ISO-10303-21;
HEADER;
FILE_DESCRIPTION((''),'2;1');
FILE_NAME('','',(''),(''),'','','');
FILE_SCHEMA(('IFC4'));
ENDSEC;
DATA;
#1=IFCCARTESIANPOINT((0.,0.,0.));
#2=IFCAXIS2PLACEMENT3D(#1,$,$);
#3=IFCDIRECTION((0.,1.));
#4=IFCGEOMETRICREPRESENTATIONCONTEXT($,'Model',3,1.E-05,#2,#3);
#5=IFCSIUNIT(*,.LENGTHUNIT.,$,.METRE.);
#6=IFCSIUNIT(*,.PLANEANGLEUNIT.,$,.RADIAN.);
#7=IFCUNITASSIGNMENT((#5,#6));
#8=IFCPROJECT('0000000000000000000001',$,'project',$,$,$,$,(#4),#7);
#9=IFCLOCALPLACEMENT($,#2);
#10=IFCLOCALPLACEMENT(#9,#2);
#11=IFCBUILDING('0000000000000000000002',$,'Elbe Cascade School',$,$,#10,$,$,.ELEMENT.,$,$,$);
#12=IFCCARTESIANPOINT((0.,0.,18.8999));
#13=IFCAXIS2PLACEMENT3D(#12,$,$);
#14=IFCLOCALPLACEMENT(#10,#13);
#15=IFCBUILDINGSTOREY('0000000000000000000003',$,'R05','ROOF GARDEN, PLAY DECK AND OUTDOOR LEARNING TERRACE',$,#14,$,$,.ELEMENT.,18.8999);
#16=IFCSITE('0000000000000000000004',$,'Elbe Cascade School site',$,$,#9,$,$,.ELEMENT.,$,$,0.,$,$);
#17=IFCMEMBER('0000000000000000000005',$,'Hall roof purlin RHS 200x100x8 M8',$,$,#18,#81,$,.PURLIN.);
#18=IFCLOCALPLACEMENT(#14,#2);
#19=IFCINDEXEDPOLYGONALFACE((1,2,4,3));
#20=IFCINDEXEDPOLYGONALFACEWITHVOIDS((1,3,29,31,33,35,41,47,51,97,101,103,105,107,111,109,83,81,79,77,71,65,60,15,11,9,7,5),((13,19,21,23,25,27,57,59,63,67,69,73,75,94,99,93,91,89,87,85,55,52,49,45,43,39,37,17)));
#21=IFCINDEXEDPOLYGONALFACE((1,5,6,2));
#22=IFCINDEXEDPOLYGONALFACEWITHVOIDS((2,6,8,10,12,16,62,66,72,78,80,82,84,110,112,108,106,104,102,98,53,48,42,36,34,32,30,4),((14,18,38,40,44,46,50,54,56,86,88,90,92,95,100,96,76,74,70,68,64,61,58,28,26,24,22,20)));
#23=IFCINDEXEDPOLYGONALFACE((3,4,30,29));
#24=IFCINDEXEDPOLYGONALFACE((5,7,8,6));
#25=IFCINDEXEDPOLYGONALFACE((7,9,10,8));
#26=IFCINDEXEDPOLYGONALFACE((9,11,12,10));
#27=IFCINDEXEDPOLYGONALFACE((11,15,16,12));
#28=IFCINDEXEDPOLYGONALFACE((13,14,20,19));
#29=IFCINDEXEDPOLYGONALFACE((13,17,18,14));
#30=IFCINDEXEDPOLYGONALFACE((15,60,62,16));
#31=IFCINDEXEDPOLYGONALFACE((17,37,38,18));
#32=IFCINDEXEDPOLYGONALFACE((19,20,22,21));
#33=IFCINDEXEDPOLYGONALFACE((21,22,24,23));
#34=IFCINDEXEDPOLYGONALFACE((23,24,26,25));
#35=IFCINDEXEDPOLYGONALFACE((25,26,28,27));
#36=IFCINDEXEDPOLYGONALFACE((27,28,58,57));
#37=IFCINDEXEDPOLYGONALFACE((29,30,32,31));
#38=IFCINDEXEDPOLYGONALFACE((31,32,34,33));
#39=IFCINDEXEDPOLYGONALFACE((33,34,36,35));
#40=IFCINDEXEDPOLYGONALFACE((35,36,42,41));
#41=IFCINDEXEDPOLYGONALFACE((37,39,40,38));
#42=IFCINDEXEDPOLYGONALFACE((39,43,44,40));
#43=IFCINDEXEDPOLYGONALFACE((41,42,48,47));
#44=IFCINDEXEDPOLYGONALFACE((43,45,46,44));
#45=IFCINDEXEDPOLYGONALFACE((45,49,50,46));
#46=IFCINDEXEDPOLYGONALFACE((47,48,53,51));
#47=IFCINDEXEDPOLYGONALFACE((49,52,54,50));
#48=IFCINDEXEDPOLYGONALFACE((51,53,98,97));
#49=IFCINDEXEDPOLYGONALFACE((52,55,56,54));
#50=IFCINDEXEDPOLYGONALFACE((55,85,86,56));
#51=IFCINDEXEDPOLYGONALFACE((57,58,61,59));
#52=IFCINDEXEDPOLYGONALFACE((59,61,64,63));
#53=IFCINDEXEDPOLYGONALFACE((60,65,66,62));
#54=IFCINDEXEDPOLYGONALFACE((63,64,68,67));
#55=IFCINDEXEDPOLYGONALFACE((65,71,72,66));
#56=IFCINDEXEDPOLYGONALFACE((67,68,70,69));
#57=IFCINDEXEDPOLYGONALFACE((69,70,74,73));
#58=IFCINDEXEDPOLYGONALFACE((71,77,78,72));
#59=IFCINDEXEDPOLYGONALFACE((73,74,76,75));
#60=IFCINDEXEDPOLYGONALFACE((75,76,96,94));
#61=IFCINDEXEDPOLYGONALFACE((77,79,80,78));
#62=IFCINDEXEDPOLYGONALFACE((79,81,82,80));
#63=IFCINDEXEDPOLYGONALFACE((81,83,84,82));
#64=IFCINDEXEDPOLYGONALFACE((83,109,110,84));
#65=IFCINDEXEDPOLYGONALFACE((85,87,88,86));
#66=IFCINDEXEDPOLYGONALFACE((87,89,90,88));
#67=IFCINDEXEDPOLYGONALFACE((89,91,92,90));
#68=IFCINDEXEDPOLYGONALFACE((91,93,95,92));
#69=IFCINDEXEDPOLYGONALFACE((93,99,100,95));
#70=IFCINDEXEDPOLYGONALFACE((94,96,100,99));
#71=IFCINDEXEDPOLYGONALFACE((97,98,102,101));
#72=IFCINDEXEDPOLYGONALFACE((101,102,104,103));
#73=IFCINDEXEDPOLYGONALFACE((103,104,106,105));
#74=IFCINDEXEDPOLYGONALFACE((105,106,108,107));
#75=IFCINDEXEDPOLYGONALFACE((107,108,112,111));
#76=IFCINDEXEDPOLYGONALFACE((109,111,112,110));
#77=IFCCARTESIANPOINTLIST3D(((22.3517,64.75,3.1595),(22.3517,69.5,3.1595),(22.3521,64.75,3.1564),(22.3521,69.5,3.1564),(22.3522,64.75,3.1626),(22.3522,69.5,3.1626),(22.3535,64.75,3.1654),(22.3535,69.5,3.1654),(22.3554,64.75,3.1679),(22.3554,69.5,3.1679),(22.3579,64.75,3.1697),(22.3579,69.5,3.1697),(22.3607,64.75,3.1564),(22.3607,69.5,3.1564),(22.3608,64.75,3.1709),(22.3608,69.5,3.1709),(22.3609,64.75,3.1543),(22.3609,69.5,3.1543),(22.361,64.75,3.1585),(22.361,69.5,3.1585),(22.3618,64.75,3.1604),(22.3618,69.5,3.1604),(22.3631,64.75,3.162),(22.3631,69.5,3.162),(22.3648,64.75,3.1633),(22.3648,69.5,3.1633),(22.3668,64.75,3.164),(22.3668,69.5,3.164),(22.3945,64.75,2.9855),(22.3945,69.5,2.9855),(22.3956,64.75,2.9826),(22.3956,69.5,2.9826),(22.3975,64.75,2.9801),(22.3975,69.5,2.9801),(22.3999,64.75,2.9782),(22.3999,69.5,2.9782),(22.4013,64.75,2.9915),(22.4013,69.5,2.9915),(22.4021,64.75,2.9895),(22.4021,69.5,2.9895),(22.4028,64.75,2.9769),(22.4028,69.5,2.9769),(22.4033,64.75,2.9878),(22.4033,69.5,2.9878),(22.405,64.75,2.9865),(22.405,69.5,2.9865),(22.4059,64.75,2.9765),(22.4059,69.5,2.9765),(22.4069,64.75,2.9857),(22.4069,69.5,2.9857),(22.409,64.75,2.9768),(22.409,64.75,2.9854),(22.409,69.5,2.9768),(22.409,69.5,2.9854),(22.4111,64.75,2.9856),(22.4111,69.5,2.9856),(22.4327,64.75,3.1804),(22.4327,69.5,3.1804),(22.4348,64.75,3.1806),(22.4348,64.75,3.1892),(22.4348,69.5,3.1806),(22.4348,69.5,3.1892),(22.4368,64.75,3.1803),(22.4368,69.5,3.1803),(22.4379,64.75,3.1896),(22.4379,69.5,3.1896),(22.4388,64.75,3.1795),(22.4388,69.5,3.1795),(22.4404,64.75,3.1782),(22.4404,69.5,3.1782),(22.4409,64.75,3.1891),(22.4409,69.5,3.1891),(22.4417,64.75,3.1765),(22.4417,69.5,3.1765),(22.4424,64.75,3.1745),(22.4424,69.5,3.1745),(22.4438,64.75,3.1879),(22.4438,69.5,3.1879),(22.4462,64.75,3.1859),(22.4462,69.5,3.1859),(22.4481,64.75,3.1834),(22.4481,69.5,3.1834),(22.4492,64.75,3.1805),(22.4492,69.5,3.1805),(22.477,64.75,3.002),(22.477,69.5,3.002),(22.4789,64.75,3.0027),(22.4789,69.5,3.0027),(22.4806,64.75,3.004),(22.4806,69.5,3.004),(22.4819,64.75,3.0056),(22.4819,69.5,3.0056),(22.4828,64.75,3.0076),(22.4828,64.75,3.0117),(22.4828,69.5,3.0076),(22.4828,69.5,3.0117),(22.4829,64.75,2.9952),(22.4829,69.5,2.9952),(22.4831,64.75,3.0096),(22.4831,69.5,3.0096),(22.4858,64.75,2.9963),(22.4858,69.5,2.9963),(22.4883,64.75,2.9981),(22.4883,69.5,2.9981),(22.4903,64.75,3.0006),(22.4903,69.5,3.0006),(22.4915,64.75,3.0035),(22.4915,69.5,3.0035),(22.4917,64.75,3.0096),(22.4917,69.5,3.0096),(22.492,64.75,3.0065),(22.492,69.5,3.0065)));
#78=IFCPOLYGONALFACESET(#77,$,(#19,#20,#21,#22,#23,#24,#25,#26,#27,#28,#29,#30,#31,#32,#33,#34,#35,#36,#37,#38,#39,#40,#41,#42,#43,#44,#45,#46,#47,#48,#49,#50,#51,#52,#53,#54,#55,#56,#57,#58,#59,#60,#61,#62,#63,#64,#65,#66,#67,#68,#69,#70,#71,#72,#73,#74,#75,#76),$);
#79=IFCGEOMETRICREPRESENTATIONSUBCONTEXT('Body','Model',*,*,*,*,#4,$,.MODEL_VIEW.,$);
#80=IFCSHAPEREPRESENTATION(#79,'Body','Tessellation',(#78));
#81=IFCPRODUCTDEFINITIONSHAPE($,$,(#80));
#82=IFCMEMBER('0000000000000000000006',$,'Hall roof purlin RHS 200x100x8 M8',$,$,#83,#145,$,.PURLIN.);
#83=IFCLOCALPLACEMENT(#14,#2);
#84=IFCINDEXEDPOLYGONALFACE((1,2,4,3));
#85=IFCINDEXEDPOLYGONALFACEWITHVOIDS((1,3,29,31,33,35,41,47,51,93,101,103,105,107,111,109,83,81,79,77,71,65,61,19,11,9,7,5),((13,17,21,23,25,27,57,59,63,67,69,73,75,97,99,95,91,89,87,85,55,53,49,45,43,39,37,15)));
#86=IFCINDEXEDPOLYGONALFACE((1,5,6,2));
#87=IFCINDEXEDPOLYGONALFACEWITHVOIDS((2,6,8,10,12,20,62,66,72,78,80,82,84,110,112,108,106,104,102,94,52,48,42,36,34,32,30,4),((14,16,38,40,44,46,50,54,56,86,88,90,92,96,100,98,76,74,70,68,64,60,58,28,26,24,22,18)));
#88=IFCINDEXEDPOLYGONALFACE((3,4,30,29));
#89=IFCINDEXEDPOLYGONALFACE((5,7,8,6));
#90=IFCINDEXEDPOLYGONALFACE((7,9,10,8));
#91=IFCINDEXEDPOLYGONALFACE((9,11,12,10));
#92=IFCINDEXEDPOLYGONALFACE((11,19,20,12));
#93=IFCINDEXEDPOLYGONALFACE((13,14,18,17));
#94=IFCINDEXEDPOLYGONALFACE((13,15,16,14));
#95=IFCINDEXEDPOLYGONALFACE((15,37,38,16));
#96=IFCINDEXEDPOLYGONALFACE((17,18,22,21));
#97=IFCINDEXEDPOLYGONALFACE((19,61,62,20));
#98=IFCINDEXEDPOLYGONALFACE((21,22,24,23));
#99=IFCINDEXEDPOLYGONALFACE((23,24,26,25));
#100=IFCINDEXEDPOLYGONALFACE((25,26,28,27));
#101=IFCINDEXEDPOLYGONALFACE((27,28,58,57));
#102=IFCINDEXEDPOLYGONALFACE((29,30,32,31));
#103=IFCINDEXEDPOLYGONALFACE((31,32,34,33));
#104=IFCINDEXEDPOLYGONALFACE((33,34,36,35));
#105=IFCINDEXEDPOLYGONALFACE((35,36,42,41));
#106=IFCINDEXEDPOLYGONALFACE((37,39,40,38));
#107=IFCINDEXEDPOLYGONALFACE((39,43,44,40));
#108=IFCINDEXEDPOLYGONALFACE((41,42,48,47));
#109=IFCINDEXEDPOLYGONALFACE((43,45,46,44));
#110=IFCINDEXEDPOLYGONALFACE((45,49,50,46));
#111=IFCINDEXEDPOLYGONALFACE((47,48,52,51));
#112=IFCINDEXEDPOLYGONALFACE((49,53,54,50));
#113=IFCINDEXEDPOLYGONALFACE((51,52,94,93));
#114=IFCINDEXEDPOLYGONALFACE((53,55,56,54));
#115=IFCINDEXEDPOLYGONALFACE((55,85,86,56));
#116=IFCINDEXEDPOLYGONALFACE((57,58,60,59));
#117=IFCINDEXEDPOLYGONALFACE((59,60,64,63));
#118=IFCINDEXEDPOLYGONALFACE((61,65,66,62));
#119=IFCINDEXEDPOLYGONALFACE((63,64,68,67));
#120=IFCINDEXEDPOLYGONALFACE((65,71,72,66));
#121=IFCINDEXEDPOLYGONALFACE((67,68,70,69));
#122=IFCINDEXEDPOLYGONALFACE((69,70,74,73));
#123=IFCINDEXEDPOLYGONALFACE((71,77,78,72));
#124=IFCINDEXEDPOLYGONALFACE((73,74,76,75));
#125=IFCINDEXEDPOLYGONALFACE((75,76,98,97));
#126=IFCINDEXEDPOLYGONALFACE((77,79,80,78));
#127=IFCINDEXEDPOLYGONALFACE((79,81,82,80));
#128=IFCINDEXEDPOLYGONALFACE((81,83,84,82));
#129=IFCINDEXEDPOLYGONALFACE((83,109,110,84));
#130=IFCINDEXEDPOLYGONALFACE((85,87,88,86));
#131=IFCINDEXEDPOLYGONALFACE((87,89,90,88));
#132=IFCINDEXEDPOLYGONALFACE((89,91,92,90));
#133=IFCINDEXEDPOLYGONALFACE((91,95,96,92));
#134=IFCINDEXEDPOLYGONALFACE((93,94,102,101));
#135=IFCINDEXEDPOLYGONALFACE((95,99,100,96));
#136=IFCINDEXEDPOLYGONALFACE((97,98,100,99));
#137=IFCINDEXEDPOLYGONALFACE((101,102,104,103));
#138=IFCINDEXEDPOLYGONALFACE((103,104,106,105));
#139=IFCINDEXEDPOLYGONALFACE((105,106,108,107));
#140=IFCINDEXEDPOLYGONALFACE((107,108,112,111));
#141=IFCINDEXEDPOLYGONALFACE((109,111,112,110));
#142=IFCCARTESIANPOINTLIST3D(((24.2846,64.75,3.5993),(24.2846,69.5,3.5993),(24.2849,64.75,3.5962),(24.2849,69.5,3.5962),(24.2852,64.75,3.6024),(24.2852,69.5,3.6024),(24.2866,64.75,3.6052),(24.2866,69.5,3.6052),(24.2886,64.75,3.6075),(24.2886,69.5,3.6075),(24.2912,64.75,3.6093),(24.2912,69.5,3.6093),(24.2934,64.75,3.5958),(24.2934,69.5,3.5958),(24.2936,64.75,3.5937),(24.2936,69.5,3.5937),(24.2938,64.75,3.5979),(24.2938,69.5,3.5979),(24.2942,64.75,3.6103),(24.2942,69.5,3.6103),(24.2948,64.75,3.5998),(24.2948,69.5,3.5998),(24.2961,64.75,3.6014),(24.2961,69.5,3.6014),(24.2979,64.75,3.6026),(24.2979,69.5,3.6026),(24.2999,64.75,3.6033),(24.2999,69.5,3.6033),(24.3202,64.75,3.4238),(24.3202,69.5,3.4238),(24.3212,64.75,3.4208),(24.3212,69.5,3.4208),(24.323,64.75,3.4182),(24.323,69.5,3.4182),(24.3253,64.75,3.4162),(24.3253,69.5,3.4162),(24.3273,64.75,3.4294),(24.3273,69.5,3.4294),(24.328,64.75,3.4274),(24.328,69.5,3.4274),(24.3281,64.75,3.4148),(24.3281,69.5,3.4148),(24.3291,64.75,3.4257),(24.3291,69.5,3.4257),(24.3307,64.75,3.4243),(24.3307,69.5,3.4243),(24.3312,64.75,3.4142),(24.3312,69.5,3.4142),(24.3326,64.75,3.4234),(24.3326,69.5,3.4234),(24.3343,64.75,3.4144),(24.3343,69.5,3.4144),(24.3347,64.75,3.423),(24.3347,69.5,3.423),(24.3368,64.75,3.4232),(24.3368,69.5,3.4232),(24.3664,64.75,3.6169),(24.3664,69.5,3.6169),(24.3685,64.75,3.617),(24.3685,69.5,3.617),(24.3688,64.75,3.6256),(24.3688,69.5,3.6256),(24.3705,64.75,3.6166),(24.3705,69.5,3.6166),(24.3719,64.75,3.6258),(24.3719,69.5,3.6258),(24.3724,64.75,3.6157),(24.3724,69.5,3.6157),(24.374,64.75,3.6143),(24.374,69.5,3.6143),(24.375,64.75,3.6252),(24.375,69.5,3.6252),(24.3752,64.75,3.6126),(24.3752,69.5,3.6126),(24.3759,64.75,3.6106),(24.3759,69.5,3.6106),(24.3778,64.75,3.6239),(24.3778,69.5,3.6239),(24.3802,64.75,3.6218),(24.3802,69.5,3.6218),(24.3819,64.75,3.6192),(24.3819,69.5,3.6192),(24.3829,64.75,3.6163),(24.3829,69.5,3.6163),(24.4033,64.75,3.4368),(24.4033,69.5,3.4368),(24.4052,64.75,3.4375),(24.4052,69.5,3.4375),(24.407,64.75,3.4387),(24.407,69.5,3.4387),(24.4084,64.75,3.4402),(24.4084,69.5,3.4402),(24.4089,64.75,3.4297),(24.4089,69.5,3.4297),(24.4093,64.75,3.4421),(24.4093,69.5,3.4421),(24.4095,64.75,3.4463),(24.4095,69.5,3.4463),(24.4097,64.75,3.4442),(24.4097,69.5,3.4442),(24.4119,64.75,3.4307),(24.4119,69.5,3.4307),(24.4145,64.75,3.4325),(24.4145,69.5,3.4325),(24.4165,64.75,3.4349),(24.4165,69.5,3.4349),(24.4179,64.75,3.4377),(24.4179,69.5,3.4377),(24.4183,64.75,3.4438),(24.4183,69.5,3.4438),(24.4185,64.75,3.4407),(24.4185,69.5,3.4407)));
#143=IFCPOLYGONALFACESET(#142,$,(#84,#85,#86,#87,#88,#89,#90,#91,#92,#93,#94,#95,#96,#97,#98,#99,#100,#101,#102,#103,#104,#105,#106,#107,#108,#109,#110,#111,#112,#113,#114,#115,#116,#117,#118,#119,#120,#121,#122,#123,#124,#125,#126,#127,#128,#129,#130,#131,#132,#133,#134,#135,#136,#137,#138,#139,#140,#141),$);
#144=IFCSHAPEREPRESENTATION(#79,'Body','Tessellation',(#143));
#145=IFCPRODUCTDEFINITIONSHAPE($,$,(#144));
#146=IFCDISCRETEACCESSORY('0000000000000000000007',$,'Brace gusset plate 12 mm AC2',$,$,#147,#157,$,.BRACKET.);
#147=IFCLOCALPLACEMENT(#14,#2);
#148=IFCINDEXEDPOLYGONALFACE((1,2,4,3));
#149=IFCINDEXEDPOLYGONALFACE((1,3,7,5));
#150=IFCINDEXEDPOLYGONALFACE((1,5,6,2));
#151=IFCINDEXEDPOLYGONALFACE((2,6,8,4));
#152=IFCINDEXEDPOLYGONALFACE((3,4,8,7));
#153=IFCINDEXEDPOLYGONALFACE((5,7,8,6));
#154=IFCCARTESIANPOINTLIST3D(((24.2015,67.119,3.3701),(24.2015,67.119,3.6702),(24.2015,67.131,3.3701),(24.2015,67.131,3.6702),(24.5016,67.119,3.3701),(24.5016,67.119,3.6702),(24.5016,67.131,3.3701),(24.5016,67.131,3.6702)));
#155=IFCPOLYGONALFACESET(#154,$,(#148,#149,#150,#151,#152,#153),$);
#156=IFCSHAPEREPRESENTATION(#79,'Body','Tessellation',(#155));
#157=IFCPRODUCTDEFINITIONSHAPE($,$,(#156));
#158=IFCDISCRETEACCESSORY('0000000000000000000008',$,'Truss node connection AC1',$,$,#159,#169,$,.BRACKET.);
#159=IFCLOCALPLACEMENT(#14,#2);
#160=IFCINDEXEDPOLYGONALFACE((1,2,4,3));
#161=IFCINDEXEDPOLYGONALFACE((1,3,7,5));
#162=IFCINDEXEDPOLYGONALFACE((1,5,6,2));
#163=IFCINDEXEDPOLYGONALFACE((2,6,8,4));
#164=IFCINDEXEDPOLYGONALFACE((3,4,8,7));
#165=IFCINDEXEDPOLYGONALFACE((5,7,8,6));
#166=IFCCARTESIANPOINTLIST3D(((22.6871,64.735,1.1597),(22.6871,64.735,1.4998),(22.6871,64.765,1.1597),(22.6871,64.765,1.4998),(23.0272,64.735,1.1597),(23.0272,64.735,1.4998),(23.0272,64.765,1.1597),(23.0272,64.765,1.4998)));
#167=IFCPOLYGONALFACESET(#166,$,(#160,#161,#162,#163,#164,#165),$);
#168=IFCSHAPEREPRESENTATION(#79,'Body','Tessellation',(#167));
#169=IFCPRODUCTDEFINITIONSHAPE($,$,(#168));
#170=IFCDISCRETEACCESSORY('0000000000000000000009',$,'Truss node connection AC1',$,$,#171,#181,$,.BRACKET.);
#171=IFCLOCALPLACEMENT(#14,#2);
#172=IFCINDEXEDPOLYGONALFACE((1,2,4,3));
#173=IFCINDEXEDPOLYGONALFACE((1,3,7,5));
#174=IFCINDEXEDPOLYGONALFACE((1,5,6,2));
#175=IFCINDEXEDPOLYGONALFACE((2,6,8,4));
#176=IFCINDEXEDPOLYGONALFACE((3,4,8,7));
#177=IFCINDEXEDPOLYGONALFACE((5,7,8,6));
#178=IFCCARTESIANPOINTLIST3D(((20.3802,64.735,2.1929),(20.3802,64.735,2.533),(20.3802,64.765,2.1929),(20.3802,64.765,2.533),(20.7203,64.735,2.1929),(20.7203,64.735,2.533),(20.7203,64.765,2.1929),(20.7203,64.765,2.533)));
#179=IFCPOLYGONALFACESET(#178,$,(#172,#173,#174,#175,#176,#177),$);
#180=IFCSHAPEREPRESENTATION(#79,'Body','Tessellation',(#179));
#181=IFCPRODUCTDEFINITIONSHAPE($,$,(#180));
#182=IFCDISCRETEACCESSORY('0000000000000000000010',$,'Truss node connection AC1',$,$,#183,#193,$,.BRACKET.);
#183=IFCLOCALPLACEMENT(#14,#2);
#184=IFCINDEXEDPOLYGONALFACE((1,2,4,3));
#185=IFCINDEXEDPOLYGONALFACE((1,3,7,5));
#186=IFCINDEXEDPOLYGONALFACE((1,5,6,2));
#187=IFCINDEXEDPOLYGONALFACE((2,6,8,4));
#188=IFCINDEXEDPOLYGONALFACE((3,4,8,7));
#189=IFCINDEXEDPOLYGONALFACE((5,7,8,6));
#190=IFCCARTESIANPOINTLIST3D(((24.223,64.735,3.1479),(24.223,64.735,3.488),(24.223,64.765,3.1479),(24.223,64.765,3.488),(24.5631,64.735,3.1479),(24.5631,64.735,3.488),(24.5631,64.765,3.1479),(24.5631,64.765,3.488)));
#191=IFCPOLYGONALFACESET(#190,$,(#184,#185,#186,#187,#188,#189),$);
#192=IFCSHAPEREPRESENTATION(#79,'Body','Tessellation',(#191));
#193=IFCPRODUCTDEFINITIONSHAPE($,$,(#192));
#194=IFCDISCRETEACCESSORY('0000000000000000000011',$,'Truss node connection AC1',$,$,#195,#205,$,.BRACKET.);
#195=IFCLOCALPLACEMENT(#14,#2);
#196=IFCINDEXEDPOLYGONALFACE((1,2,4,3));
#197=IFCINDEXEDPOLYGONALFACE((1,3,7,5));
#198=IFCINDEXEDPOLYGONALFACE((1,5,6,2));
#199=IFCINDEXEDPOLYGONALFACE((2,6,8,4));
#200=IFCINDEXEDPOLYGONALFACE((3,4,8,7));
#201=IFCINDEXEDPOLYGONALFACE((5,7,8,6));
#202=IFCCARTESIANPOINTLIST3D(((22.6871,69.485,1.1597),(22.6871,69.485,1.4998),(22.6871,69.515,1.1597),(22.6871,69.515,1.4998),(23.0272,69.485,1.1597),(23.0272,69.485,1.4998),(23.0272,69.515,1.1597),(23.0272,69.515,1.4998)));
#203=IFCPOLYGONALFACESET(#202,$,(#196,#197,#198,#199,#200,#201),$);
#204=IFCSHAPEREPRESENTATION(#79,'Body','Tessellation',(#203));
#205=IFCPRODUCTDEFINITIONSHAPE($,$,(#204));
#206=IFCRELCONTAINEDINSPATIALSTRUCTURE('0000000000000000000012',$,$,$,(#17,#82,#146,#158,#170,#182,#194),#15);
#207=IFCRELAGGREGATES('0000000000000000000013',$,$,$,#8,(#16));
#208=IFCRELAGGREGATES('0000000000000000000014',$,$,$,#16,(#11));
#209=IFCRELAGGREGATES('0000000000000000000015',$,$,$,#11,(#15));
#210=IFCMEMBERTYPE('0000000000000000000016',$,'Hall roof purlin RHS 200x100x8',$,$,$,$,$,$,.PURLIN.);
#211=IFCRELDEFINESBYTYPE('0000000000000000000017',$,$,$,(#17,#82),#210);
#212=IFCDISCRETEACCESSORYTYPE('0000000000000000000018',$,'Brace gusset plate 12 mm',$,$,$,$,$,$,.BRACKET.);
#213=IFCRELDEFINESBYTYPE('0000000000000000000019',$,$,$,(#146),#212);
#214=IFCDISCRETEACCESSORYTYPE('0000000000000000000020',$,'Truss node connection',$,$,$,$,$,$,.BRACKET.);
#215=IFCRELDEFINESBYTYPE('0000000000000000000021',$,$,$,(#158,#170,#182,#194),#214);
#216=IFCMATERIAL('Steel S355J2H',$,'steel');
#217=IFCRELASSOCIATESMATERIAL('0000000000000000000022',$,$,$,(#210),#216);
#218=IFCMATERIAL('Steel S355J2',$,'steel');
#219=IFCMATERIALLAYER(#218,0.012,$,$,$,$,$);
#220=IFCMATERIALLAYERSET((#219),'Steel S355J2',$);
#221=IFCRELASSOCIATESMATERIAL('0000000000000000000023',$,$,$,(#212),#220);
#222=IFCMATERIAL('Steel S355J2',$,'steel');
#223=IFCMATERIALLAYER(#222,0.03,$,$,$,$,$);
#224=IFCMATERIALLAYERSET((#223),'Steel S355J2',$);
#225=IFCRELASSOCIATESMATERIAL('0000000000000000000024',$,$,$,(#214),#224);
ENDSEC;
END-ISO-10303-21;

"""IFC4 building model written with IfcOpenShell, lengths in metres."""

from ifc_helpers import new_model, si_unit, direction, frame, origin, origin_2d, place, context, subcontext, project, spatial, rectangle, hollow_rectangle, extrude, material, layer, layer_set, material_profile, profile_set, type_object, element, save


model = new_model("IFC4")

# Units and contexts
model_context = context("Model", 3, precision=1e-05, world=origin(), true_north=direction((0.0, 1.0)))
body_context = subcontext(model_context, "Body", "Model", "MODEL_VIEW")
ifc_project = project(units=[si_unit("LENGTHUNIT", "METRE"), si_unit("PLANEANGLEUNIT", "RADIAN")], contexts=[model_context])

# Site, building, storey
site_placement = place(None, origin())
site = spatial("IfcSite", under=ifc_project, at=site_placement, Name="Elbe Cascade School site", CompositionType="ELEMENT", RefElevation=0.0)
building_placement = place(site_placement, origin())
building = spatial("IfcBuilding", under=site, at=building_placement, Name="Elbe Cascade School", CompositionType="ELEMENT")
storey_placement = place(building_placement, frame((0.0, 0.0, 18.8999)))
storey = spatial("IfcBuildingStorey", under=building, at=storey_placement, Name="R05", Description="ROOF GARDEN, PLAY DECK AND OUTDOOR LEARNING TERRACE", CompositionType="ELEMENT", Elevation=18.8999)

# Members
ifc_material_1 = material(Name="Steel S355J2H", Category="steel")
ifc_material_profile_1 = material_profile(ifc_material_1, hollow_rectangle(XDim=0.1001, YDim=0.2, WallThickness=0.0081, InnerFilletRadius=0.0081, OuterFilletRadius=0.012, at=origin_2d()), Name="RHS 200x100x8")
ifc_profile_set_1 = profile_set([ifc_material_profile_1], Name="Steel S355J2H")
member_type_1 = type_object("IfcMemberType", Name="Hall roof purlin RHS 200x100x8", PredefinedType="PURLIN", material=ifc_profile_set_1)
for number, where, z_axis, x_axis, name in (
    (1, (22.4219, 64.75, 3.083), (0.0, 1.0, 0.0), (-0.970543, 0.0, -0.240927), "Hall roof purlin RHS 200x100x8 M8"),
    (2, (24.3516, 64.75, 3.52), (0.0, 1.0, 0.0), (-0.979638, 0.0, -0.200772), "Hall roof purlin RHS 200x100x8 M8"),
):
    element("IfcMember", number, at=place(storey_placement, frame(where, z_axis=z_axis, x_axis=x_axis)), inside=storey, type_object=member_type_1, Name=name, PredefinedType="PURLIN", context=body_context, shape_type="SweptSolid", body=[
        extrude(hollow_rectangle(XDim=0.1001, YDim=0.2, WallThickness=0.0081, InnerFilletRadius=0.0081, OuterFilletRadius=0.012, at=origin_2d()), origin(), (0.0, 0.0, 1.0), 4.75),
    ])

# Discrete accessories
ifc_material_2 = material(Name="Steel S355J2", Category="steel")
ifc_layer_1 = layer(ifc_material_2, 0.012)
ifc_layer_set_1 = layer_set([ifc_layer_1], Name="Steel S355J2")
discrete_accessory_type_1 = type_object("IfcDiscreteAccessoryType", Name="Brace gusset plate 12 mm", PredefinedType="BRACKET", material=ifc_layer_set_1)
discrete_accessory_placement = place(storey_placement, frame((24.3516, 67.125, 3.3701), z_axis=(0.0, 0.0, 1.0), x_axis=(1.0, 0.0, 0.0)))
element("IfcDiscreteAccessory", 3, at=discrete_accessory_placement, inside=storey, type_object=discrete_accessory_type_1, Name="Brace gusset plate 12 mm AC2", PredefinedType="BRACKET", context=body_context, shape_type="SweptSolid", body=[
    extrude(rectangle(XDim=0.3, YDim=0.012, at=origin_2d()), origin(), (0.0, 0.0, 1.0), 0.3),
])
ifc_material_3 = material(Name="Steel S355J2", Category="steel")
ifc_layer_2 = layer(ifc_material_3, 0.03)
ifc_layer_set_2 = layer_set([ifc_layer_2], Name="Steel S355J2")
discrete_accessory_type_2 = type_object("IfcDiscreteAccessoryType", Name="Truss node connection", PredefinedType="BRACKET", material=ifc_layer_set_2)
for number, where, z_axis, x_axis, name in (
    (4, (22.8572, 64.75, 1.1597), (0.0, 0.0, 1.0), (1.0, 0.0, 0.0), "Truss node connection AC1"),
    (5, (20.5503, 64.75, 2.1929), (0.0, 0.0, 1.0), (1.0, 0.0, 0.0), "Truss node connection AC1"),
    (6, (24.3931, 64.75, 3.1479), (0.0, 0.0, 1.0), (1.0, 0.0, 0.0), "Truss node connection AC1"),
    (7, (22.8572, 69.5, 1.1597), (0.0, 0.0, 1.0), (1.0, 0.0, 0.0), "Truss node connection AC1"),
):
    element("IfcDiscreteAccessory", number, at=place(storey_placement, frame(where, z_axis=z_axis, x_axis=x_axis)), inside=storey, type_object=discrete_accessory_type_2, Name=name, PredefinedType="BRACKET", context=body_context, shape_type="SweptSolid", body=[
        extrude(rectangle(XDim=0.3401, YDim=0.03, at=origin_2d()), origin(), (0.0, 0.0, 1.0), 0.3401),
    ])

save(model, "model.ifc")
